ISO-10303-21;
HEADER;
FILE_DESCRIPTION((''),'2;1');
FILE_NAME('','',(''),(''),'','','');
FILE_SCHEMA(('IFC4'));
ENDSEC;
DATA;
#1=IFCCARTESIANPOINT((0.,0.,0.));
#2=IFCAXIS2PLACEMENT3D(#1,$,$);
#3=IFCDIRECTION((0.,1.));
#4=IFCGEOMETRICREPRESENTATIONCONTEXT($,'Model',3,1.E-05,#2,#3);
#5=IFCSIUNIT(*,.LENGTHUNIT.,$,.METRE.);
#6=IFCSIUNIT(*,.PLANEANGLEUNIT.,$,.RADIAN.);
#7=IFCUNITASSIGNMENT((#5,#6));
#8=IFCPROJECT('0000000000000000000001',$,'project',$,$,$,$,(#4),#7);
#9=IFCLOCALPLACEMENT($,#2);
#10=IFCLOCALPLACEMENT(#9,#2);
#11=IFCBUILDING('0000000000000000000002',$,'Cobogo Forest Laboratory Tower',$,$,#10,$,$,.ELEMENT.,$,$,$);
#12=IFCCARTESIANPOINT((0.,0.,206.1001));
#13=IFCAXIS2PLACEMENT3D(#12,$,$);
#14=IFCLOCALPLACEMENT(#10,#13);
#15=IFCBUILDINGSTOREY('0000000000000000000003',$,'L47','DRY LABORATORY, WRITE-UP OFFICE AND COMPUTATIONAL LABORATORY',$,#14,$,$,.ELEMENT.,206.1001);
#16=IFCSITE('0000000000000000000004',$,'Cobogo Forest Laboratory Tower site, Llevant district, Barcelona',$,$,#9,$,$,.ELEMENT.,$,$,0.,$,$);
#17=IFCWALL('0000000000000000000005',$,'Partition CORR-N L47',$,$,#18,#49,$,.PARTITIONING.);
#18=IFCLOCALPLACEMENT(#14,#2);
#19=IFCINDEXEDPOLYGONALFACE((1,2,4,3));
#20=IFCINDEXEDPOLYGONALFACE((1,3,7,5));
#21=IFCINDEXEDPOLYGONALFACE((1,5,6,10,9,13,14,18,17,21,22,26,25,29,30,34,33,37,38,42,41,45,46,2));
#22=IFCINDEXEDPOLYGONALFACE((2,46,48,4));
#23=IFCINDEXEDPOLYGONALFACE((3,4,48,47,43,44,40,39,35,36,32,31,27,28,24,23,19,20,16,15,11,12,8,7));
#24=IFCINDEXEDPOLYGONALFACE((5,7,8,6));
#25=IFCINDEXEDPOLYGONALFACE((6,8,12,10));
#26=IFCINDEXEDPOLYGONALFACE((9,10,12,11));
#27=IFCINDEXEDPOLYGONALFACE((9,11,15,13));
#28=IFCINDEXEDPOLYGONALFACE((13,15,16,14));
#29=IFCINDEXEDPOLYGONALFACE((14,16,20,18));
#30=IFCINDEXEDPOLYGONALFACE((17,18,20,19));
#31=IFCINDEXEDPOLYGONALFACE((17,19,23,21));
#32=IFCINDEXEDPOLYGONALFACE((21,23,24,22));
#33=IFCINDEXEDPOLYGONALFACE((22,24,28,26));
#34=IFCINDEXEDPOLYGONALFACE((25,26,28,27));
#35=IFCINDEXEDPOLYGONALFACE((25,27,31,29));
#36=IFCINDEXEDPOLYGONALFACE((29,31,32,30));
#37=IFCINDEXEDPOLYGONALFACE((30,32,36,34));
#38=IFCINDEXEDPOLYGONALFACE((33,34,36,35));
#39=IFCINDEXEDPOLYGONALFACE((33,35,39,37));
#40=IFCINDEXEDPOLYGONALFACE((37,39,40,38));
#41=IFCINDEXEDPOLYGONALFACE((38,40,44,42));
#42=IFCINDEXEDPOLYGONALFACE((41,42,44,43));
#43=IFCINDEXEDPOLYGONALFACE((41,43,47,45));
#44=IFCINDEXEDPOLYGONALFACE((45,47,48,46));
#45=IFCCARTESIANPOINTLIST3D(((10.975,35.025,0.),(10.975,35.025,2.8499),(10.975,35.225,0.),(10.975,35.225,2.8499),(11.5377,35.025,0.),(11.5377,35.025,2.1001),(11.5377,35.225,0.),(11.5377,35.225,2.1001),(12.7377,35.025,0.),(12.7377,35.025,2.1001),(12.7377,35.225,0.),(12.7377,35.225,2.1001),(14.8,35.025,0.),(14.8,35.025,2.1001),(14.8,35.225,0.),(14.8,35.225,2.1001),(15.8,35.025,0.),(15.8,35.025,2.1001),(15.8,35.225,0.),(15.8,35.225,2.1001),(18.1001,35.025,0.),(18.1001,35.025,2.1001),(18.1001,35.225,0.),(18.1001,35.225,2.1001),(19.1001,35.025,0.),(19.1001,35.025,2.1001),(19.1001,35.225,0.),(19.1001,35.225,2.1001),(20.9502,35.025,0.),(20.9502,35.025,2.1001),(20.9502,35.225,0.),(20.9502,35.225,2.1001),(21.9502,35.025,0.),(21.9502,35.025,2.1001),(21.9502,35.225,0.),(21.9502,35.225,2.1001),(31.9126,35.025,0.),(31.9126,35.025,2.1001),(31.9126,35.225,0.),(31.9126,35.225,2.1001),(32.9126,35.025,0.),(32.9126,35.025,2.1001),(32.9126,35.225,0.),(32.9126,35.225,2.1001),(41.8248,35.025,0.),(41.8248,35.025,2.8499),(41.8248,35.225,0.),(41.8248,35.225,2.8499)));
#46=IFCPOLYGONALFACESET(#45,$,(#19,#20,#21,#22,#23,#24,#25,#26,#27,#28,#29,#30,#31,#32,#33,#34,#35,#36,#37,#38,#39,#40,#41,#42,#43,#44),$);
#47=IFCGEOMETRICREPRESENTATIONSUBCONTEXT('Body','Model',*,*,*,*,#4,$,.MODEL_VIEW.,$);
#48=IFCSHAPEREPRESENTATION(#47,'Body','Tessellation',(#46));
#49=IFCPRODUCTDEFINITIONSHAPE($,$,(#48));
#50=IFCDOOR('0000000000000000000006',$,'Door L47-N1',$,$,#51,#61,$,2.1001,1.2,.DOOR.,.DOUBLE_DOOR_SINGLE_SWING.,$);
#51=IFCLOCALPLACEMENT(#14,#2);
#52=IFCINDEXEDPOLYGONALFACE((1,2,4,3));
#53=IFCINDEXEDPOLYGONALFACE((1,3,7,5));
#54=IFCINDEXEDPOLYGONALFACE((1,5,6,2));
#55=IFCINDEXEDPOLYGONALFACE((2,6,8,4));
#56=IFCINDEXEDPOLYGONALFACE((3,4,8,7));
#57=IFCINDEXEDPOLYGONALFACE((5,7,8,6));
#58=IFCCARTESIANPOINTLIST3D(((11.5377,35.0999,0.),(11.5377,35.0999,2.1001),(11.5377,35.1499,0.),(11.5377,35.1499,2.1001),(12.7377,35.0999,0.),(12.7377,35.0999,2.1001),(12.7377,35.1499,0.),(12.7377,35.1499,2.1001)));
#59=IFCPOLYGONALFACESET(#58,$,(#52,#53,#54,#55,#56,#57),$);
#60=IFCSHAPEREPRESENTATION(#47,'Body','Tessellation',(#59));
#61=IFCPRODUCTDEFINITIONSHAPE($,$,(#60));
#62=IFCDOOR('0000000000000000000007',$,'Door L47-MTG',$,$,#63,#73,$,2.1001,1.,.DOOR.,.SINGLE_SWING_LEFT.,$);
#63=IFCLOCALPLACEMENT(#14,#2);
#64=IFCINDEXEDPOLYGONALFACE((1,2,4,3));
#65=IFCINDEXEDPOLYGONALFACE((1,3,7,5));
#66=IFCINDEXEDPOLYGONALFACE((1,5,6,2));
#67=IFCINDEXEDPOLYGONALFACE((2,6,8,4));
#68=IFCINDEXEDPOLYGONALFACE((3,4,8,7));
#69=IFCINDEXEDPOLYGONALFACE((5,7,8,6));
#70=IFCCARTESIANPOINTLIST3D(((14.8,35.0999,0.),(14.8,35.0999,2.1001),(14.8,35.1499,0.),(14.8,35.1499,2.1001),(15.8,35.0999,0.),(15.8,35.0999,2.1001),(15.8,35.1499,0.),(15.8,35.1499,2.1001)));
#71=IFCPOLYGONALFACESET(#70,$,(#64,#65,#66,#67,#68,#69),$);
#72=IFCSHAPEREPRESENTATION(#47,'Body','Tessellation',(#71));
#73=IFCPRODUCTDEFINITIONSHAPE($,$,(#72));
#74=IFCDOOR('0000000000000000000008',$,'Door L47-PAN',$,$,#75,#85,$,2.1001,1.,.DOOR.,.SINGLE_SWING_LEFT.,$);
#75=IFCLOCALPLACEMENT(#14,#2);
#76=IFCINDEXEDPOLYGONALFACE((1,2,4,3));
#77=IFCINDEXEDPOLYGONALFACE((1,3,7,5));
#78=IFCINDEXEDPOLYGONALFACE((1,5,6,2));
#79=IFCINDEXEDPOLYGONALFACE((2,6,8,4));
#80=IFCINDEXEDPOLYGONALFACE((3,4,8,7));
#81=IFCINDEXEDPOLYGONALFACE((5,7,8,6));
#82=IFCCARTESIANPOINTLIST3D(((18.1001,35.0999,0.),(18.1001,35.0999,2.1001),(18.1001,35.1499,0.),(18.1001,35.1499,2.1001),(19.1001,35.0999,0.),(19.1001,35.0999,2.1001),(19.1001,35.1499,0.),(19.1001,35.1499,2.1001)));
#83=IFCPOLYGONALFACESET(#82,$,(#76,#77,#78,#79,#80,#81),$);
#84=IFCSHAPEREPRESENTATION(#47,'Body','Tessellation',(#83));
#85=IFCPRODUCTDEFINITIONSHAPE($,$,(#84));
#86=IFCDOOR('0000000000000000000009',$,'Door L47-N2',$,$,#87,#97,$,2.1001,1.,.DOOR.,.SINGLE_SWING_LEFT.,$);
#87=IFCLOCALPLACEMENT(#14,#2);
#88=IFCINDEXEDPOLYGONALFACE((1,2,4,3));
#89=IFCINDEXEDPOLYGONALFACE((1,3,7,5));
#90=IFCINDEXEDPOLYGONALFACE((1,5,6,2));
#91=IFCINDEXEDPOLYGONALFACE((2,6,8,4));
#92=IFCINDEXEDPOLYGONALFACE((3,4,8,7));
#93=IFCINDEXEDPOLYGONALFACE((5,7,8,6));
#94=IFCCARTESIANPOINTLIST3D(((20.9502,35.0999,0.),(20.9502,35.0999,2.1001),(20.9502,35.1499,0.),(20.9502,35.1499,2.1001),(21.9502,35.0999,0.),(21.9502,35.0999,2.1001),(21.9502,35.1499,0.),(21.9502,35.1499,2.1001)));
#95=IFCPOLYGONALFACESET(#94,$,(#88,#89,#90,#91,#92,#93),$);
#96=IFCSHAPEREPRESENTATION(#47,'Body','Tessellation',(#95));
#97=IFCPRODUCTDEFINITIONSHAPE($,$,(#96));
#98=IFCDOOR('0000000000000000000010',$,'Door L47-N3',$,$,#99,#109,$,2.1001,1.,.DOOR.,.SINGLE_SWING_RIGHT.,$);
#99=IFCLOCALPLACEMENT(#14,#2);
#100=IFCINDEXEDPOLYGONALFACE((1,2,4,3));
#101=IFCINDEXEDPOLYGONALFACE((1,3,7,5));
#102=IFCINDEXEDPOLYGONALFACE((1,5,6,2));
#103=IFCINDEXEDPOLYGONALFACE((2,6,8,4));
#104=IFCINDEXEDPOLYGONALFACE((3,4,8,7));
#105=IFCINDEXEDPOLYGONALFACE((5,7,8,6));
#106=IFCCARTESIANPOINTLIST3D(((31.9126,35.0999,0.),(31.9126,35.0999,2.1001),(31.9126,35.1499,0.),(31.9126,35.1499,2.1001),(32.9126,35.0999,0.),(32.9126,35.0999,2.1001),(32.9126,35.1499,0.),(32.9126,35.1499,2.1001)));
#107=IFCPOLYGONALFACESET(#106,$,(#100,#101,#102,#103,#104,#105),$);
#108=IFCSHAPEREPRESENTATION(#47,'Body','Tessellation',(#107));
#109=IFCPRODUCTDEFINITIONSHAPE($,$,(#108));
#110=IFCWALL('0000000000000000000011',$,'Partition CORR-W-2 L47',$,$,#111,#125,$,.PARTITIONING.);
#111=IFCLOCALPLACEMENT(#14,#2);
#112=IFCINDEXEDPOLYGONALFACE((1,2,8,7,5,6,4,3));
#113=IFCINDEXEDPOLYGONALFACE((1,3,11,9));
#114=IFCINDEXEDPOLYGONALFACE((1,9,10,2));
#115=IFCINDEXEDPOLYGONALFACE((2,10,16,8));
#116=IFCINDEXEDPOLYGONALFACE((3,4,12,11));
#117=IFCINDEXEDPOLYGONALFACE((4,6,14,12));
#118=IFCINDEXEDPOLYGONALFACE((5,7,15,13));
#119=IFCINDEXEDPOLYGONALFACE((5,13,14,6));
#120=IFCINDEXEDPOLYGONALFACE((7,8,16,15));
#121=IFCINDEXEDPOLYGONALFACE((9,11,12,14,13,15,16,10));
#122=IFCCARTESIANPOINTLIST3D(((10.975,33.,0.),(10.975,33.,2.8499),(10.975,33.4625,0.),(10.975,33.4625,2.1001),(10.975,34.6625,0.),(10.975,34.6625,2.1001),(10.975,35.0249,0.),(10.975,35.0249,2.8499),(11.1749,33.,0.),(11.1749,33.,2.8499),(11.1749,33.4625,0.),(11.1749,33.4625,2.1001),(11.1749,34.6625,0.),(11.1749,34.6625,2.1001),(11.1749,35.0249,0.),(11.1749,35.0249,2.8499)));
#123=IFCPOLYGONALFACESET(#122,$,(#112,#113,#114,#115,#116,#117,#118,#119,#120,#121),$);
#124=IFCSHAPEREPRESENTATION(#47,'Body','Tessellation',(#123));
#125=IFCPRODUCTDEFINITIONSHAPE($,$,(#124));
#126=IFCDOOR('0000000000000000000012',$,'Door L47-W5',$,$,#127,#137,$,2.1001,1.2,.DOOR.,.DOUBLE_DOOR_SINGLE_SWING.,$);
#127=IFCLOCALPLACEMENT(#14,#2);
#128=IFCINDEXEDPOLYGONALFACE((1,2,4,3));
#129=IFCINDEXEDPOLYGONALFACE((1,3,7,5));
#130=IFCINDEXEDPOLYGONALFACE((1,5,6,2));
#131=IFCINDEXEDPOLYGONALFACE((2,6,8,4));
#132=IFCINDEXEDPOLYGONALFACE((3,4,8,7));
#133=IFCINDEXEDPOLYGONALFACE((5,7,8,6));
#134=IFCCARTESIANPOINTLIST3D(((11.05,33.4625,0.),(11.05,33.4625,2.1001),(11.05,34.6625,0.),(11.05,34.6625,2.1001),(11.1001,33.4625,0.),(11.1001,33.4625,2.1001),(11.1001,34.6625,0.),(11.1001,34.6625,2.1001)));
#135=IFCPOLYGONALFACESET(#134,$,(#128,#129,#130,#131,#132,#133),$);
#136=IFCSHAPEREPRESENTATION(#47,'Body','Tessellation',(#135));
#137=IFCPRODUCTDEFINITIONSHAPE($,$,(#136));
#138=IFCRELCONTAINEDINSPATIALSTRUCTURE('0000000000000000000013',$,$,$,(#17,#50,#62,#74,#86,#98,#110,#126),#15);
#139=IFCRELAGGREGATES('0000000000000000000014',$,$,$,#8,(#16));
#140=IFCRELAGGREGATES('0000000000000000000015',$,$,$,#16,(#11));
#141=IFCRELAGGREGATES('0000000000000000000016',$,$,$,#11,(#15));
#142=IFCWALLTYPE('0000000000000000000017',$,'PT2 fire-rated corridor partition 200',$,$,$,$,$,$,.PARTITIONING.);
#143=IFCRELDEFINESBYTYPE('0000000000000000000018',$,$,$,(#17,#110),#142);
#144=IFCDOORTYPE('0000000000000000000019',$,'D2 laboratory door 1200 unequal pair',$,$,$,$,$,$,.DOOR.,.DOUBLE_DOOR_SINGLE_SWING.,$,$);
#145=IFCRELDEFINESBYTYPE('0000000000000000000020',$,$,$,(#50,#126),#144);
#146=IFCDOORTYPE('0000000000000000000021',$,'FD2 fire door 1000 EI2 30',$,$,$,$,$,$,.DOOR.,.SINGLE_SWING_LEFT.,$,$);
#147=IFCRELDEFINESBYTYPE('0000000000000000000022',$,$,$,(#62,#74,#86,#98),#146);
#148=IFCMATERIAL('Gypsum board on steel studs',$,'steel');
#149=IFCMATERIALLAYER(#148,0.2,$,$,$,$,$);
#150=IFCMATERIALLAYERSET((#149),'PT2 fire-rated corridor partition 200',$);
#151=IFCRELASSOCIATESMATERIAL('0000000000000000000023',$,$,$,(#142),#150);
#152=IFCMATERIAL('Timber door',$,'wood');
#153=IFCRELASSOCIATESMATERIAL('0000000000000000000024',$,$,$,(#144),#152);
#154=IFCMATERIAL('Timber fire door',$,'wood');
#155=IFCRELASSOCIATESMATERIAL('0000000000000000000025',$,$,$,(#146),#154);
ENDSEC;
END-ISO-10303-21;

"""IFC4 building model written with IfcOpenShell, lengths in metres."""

from ifc_helpers import new_model, si_unit, direction, frame, frame_2d, origin, place, context, subcontext, project, spatial, rectangle, extrude, material, layer, layer_set, type_object, element, fill, save


model = new_model("IFC4")

# Units and contexts
model_context = context("Model", 3, precision=1e-05, world=origin(), true_north=direction((0.0, 1.0)))
body_context = subcontext(model_context, "Body", "Model", "MODEL_VIEW")
ifc_project = project(units=[si_unit("LENGTHUNIT", "METRE"), si_unit("PLANEANGLEUNIT", "RADIAN")], contexts=[model_context])

# Site, building, storey
site_placement = place(None, origin())
site = spatial("IfcSite", under=ifc_project, at=site_placement, Name="Cobogo Forest Laboratory Tower site, Llevant district, Barcelona", CompositionType="ELEMENT", RefElevation=0.0)
building_placement = place(site_placement, origin())
building = spatial("IfcBuilding", under=site, at=building_placement, Name="Cobogo Forest Laboratory Tower", CompositionType="ELEMENT")
storey_placement = place(building_placement, frame((0.0, 0.0, 206.1001)))
storey = spatial("IfcBuildingStorey", under=building, at=storey_placement, Name="L47", Description="DRY LABORATORY, WRITE-UP OFFICE AND COMPUTATIONAL LABORATORY", CompositionType="ELEMENT", Elevation=206.1001)

# Shared definitions
ifc_material_1 = material(Name="Gypsum board on steel studs", Category="steel")

# Wall, openings, doors
ifc_layer_1 = layer(ifc_material_1, 0.2)
ifc_layer_set_1 = layer_set([ifc_layer_1], Name="PT2 fire-rated corridor partition 200")
wall_type_1 = type_object("IfcWallType", Name="PT2 fire-rated corridor partition 200", PredefinedType="PARTITIONING", material=ifc_layer_set_1)
wall_1_placement = place(storey_placement, frame((10.9751, 35.125, 0.0), z_axis=(0.0, 0.0, 1.0), x_axis=(1.0, 0.0, 0.0)))
wall_1 = element("IfcWall", 1, at=wall_1_placement, inside=storey, type_object=wall_type_1, Name="Partition CORR-N L47", PredefinedType="PARTITIONING", context=body_context, shape_type="SweptSolid", body=[
    extrude(rectangle(XDim=30.8499, YDim=0.2, at=frame_2d((15.4248, 0.0))), origin(), (0.0, 0.0, 1.0), 2.8499),
])
opening_1_placement = place(wall_1_placement, frame((0.5625, 0.0, 0.0)))
opening_1 = element("IfcOpeningElement", 2, at=opening_1_placement, cuts=wall_1, PredefinedType="OPENING", context=body_context, shape_type="SweptSolid", body=[
    extrude(rectangle(XDim=1.2, YDim=2.1001, at=frame_2d((0.6001, 1.05))), frame((0.0, 0.1099, 0.0), z_axis=(0.0, -1.0, 0.0), x_axis=(1.0, 0.0, 0.0)), (0.0, 0.0, 1.0), 0.22),
])
opening_2_placement = place(wall_1_placement, frame((3.825, 0.0, 0.0)))
opening_2 = element("IfcOpeningElement", 3, at=opening_2_placement, cuts=wall_1, PredefinedType="OPENING", context=body_context, shape_type="SweptSolid", body=[
    extrude(rectangle(XDim=1.0, YDim=2.1001, at=frame_2d((0.5, 1.05))), frame((0.0, 0.1099, 0.0), z_axis=(0.0, -1.0, 0.0), x_axis=(1.0, 0.0, 0.0)), (0.0, 0.0, 1.0), 0.22),
])
opening_3_placement = place(wall_1_placement, frame((7.125, 0.0, 0.0)))
opening_3 = element("IfcOpeningElement", 4, at=opening_3_placement, cuts=wall_1, PredefinedType="OPENING", context=body_context, shape_type="SweptSolid", body=[
    extrude(rectangle(XDim=1.0, YDim=2.1001, at=frame_2d((0.5, 1.05))), frame((0.0, 0.1099, 0.0), z_axis=(0.0, -1.0, 0.0), x_axis=(1.0, 0.0, 0.0)), (0.0, 0.0, 1.0), 0.22),
])
opening_4_placement = place(wall_1_placement, frame((9.9751, 0.0, 0.0)))
opening_4 = element("IfcOpeningElement", 5, at=opening_4_placement, cuts=wall_1, PredefinedType="OPENING", context=body_context, shape_type="SweptSolid", body=[
    extrude(rectangle(XDim=1.0, YDim=2.1001, at=frame_2d((0.5, 1.05))), frame((0.0, 0.1099, 0.0), z_axis=(0.0, -1.0, 0.0), x_axis=(1.0, 0.0, 0.0)), (0.0, 0.0, 1.0), 0.22),
])
opening_5_placement = place(wall_1_placement, frame((20.9375, 0.0, 0.0)))
opening_5 = element("IfcOpeningElement", 6, at=opening_5_placement, cuts=wall_1, PredefinedType="OPENING", context=body_context, shape_type="SweptSolid", body=[
    extrude(rectangle(XDim=1.0, YDim=2.1001, at=frame_2d((0.5, 1.05))), frame((0.0, 0.1099, 0.0), z_axis=(0.0, -1.0, 0.0), x_axis=(1.0, 0.0, 0.0)), (0.0, 0.0, 1.0), 0.22),
])
ifc_material_2 = material(Name="Timber door", Category="wood")
door_type_1 = type_object("IfcDoorType", Name="D2 laboratory door 1200 unequal pair", OperationType="DOUBLE_DOOR_SINGLE_SWING", PredefinedType="DOOR", material=ifc_material_2)
door_1_placement = place(opening_1_placement, origin())
door_1 = element("IfcDoor", 7, at=door_1_placement, inside=storey, type_object=door_type_1, Name="Door L47-N1", OperationType="DOUBLE_DOOR_SINGLE_SWING", OverallHeight=2.1001, OverallWidth=1.2, PredefinedType="DOOR", context=body_context, shape_type="SweptSolid", body=[
    extrude(rectangle(XDim=1.2, YDim=2.1001, at=frame_2d((0.6001, 1.05))), frame((0.0, 0.0249, 0.0), z_axis=(0.0, -1.0, 0.0), x_axis=(1.0, 0.0, 0.0)), (0.0, 0.0, 1.0), 0.05),
])
fill(opening_1, door_1)
ifc_material_3 = material(Name="Timber fire door", Category="wood")
door_type_2 = type_object("IfcDoorType", Name="FD2 fire door 1000 EI2 30", OperationType="SINGLE_SWING_LEFT", PredefinedType="DOOR", material=ifc_material_3)
door_2_placement = place(opening_2_placement, origin())
door_2 = element("IfcDoor", 8, at=door_2_placement, inside=storey, type_object=door_type_2, Name="Door L47-MTG", OperationType="SINGLE_SWING_LEFT", OverallHeight=2.1001, OverallWidth=1.0, PredefinedType="DOOR", context=body_context, shape_type="SweptSolid", body=[
    extrude(rectangle(XDim=1.0, YDim=2.1001, at=frame_2d((0.5, 1.05))), frame((0.0, 0.0249, 0.0), z_axis=(0.0, -1.0, 0.0), x_axis=(1.0, 0.0, 0.0)), (0.0, 0.0, 1.0), 0.05),
])
fill(opening_2, door_2)
door_3_placement = place(opening_3_placement, origin())
door_3 = element("IfcDoor", 9, at=door_3_placement, inside=storey, type_object=door_type_2, Name="Door L47-PAN", OperationType="SINGLE_SWING_LEFT", OverallHeight=2.1001, OverallWidth=1.0, PredefinedType="DOOR", context=body_context, shape_type="SweptSolid", body=[
    extrude(rectangle(XDim=1.0, YDim=2.1001, at=frame_2d((0.5, 1.05))), frame((0.0, 0.0249, 0.0), z_axis=(0.0, -1.0, 0.0), x_axis=(1.0, 0.0, 0.0)), (0.0, 0.0, 1.0), 0.05),
])
fill(opening_3, door_3)
door_4_placement = place(opening_4_placement, origin())
door_4 = element("IfcDoor", 10, at=door_4_placement, inside=storey, type_object=door_type_2, Name="Door L47-N2", OperationType="SINGLE_SWING_LEFT", OverallHeight=2.1001, OverallWidth=1.0, PredefinedType="DOOR", context=body_context, shape_type="SweptSolid", body=[
    extrude(rectangle(XDim=1.0, YDim=2.1001, at=frame_2d((0.5, 1.05))), frame((0.0, 0.0249, 0.0), z_axis=(0.0, -1.0, 0.0), x_axis=(1.0, 0.0, 0.0)), (0.0, 0.0, 1.0), 0.05),
])
fill(opening_4, door_4)
door_5_placement = place(opening_5_placement, origin())
door_5 = element("IfcDoor", 11, at=door_5_placement, inside=storey, type_object=door_type_2, Name="Door L47-N3", OperationType="SINGLE_SWING_RIGHT", OverallHeight=2.1001, OverallWidth=1.0, PredefinedType="DOOR", context=body_context, shape_type="SweptSolid", body=[
    extrude(rectangle(XDim=1.0, YDim=2.1001, at=frame_2d((0.5, 1.05))), frame((0.0, 0.0249, 0.0), z_axis=(0.0, -1.0, 0.0), x_axis=(1.0, 0.0, 0.0)), (0.0, 0.0, 1.0), 0.05),
])
fill(opening_5, door_5)

# Wall, opening, door
wall_2_placement = place(storey_placement, frame((11.075, 33.0, 0.0), z_axis=(0.0, 0.0, 1.0), x_axis=(0.0, 1.0, 0.0)))
wall_2 = element("IfcWall", 12, at=wall_2_placement, inside=storey, type_object=wall_type_1, Name="Partition CORR-W-2 L47", PredefinedType="PARTITIONING", context=body_context, shape_type="SweptSolid", body=[
    extrude(rectangle(XDim=2.0249, YDim=0.2, at=frame_2d((1.0125, 0.0))), origin(), (0.0, 0.0, 1.0), 2.8499),
])
opening_6_placement = place(wall_2_placement, frame((0.4624, 0.0, 0.0)))
opening_6 = element("IfcOpeningElement", 13, at=opening_6_placement, cuts=wall_2, PredefinedType="OPENING", context=body_context, shape_type="SweptSolid", body=[
    extrude(rectangle(XDim=1.2, YDim=2.1001, at=frame_2d((0.6001, 1.05))), frame((0.0, 0.1099, 0.0), z_axis=(0.0, -1.0, 0.0), x_axis=(1.0, 0.0, 0.0)), (0.0, 0.0, 1.0), 0.22),
])
door_6_placement = place(opening_6_placement, origin())
door_6 = element("IfcDoor", 14, at=door_6_placement, inside=storey, type_object=door_type_1, Name="Door L47-W5", OperationType="DOUBLE_DOOR_SINGLE_SWING", OverallHeight=2.1001, OverallWidth=1.2, PredefinedType="DOOR", context=body_context, shape_type="SweptSolid", body=[
    extrude(rectangle(XDim=1.2, YDim=2.1001, at=frame_2d((0.6001, 1.05))), frame((0.0, 0.0249, 0.0), z_axis=(0.0, -1.0, 0.0), x_axis=(1.0, 0.0, 0.0)), (0.0, 0.0, 1.0), 0.05),
])
fill(opening_6, door_6)

save(model, "model.ifc")
